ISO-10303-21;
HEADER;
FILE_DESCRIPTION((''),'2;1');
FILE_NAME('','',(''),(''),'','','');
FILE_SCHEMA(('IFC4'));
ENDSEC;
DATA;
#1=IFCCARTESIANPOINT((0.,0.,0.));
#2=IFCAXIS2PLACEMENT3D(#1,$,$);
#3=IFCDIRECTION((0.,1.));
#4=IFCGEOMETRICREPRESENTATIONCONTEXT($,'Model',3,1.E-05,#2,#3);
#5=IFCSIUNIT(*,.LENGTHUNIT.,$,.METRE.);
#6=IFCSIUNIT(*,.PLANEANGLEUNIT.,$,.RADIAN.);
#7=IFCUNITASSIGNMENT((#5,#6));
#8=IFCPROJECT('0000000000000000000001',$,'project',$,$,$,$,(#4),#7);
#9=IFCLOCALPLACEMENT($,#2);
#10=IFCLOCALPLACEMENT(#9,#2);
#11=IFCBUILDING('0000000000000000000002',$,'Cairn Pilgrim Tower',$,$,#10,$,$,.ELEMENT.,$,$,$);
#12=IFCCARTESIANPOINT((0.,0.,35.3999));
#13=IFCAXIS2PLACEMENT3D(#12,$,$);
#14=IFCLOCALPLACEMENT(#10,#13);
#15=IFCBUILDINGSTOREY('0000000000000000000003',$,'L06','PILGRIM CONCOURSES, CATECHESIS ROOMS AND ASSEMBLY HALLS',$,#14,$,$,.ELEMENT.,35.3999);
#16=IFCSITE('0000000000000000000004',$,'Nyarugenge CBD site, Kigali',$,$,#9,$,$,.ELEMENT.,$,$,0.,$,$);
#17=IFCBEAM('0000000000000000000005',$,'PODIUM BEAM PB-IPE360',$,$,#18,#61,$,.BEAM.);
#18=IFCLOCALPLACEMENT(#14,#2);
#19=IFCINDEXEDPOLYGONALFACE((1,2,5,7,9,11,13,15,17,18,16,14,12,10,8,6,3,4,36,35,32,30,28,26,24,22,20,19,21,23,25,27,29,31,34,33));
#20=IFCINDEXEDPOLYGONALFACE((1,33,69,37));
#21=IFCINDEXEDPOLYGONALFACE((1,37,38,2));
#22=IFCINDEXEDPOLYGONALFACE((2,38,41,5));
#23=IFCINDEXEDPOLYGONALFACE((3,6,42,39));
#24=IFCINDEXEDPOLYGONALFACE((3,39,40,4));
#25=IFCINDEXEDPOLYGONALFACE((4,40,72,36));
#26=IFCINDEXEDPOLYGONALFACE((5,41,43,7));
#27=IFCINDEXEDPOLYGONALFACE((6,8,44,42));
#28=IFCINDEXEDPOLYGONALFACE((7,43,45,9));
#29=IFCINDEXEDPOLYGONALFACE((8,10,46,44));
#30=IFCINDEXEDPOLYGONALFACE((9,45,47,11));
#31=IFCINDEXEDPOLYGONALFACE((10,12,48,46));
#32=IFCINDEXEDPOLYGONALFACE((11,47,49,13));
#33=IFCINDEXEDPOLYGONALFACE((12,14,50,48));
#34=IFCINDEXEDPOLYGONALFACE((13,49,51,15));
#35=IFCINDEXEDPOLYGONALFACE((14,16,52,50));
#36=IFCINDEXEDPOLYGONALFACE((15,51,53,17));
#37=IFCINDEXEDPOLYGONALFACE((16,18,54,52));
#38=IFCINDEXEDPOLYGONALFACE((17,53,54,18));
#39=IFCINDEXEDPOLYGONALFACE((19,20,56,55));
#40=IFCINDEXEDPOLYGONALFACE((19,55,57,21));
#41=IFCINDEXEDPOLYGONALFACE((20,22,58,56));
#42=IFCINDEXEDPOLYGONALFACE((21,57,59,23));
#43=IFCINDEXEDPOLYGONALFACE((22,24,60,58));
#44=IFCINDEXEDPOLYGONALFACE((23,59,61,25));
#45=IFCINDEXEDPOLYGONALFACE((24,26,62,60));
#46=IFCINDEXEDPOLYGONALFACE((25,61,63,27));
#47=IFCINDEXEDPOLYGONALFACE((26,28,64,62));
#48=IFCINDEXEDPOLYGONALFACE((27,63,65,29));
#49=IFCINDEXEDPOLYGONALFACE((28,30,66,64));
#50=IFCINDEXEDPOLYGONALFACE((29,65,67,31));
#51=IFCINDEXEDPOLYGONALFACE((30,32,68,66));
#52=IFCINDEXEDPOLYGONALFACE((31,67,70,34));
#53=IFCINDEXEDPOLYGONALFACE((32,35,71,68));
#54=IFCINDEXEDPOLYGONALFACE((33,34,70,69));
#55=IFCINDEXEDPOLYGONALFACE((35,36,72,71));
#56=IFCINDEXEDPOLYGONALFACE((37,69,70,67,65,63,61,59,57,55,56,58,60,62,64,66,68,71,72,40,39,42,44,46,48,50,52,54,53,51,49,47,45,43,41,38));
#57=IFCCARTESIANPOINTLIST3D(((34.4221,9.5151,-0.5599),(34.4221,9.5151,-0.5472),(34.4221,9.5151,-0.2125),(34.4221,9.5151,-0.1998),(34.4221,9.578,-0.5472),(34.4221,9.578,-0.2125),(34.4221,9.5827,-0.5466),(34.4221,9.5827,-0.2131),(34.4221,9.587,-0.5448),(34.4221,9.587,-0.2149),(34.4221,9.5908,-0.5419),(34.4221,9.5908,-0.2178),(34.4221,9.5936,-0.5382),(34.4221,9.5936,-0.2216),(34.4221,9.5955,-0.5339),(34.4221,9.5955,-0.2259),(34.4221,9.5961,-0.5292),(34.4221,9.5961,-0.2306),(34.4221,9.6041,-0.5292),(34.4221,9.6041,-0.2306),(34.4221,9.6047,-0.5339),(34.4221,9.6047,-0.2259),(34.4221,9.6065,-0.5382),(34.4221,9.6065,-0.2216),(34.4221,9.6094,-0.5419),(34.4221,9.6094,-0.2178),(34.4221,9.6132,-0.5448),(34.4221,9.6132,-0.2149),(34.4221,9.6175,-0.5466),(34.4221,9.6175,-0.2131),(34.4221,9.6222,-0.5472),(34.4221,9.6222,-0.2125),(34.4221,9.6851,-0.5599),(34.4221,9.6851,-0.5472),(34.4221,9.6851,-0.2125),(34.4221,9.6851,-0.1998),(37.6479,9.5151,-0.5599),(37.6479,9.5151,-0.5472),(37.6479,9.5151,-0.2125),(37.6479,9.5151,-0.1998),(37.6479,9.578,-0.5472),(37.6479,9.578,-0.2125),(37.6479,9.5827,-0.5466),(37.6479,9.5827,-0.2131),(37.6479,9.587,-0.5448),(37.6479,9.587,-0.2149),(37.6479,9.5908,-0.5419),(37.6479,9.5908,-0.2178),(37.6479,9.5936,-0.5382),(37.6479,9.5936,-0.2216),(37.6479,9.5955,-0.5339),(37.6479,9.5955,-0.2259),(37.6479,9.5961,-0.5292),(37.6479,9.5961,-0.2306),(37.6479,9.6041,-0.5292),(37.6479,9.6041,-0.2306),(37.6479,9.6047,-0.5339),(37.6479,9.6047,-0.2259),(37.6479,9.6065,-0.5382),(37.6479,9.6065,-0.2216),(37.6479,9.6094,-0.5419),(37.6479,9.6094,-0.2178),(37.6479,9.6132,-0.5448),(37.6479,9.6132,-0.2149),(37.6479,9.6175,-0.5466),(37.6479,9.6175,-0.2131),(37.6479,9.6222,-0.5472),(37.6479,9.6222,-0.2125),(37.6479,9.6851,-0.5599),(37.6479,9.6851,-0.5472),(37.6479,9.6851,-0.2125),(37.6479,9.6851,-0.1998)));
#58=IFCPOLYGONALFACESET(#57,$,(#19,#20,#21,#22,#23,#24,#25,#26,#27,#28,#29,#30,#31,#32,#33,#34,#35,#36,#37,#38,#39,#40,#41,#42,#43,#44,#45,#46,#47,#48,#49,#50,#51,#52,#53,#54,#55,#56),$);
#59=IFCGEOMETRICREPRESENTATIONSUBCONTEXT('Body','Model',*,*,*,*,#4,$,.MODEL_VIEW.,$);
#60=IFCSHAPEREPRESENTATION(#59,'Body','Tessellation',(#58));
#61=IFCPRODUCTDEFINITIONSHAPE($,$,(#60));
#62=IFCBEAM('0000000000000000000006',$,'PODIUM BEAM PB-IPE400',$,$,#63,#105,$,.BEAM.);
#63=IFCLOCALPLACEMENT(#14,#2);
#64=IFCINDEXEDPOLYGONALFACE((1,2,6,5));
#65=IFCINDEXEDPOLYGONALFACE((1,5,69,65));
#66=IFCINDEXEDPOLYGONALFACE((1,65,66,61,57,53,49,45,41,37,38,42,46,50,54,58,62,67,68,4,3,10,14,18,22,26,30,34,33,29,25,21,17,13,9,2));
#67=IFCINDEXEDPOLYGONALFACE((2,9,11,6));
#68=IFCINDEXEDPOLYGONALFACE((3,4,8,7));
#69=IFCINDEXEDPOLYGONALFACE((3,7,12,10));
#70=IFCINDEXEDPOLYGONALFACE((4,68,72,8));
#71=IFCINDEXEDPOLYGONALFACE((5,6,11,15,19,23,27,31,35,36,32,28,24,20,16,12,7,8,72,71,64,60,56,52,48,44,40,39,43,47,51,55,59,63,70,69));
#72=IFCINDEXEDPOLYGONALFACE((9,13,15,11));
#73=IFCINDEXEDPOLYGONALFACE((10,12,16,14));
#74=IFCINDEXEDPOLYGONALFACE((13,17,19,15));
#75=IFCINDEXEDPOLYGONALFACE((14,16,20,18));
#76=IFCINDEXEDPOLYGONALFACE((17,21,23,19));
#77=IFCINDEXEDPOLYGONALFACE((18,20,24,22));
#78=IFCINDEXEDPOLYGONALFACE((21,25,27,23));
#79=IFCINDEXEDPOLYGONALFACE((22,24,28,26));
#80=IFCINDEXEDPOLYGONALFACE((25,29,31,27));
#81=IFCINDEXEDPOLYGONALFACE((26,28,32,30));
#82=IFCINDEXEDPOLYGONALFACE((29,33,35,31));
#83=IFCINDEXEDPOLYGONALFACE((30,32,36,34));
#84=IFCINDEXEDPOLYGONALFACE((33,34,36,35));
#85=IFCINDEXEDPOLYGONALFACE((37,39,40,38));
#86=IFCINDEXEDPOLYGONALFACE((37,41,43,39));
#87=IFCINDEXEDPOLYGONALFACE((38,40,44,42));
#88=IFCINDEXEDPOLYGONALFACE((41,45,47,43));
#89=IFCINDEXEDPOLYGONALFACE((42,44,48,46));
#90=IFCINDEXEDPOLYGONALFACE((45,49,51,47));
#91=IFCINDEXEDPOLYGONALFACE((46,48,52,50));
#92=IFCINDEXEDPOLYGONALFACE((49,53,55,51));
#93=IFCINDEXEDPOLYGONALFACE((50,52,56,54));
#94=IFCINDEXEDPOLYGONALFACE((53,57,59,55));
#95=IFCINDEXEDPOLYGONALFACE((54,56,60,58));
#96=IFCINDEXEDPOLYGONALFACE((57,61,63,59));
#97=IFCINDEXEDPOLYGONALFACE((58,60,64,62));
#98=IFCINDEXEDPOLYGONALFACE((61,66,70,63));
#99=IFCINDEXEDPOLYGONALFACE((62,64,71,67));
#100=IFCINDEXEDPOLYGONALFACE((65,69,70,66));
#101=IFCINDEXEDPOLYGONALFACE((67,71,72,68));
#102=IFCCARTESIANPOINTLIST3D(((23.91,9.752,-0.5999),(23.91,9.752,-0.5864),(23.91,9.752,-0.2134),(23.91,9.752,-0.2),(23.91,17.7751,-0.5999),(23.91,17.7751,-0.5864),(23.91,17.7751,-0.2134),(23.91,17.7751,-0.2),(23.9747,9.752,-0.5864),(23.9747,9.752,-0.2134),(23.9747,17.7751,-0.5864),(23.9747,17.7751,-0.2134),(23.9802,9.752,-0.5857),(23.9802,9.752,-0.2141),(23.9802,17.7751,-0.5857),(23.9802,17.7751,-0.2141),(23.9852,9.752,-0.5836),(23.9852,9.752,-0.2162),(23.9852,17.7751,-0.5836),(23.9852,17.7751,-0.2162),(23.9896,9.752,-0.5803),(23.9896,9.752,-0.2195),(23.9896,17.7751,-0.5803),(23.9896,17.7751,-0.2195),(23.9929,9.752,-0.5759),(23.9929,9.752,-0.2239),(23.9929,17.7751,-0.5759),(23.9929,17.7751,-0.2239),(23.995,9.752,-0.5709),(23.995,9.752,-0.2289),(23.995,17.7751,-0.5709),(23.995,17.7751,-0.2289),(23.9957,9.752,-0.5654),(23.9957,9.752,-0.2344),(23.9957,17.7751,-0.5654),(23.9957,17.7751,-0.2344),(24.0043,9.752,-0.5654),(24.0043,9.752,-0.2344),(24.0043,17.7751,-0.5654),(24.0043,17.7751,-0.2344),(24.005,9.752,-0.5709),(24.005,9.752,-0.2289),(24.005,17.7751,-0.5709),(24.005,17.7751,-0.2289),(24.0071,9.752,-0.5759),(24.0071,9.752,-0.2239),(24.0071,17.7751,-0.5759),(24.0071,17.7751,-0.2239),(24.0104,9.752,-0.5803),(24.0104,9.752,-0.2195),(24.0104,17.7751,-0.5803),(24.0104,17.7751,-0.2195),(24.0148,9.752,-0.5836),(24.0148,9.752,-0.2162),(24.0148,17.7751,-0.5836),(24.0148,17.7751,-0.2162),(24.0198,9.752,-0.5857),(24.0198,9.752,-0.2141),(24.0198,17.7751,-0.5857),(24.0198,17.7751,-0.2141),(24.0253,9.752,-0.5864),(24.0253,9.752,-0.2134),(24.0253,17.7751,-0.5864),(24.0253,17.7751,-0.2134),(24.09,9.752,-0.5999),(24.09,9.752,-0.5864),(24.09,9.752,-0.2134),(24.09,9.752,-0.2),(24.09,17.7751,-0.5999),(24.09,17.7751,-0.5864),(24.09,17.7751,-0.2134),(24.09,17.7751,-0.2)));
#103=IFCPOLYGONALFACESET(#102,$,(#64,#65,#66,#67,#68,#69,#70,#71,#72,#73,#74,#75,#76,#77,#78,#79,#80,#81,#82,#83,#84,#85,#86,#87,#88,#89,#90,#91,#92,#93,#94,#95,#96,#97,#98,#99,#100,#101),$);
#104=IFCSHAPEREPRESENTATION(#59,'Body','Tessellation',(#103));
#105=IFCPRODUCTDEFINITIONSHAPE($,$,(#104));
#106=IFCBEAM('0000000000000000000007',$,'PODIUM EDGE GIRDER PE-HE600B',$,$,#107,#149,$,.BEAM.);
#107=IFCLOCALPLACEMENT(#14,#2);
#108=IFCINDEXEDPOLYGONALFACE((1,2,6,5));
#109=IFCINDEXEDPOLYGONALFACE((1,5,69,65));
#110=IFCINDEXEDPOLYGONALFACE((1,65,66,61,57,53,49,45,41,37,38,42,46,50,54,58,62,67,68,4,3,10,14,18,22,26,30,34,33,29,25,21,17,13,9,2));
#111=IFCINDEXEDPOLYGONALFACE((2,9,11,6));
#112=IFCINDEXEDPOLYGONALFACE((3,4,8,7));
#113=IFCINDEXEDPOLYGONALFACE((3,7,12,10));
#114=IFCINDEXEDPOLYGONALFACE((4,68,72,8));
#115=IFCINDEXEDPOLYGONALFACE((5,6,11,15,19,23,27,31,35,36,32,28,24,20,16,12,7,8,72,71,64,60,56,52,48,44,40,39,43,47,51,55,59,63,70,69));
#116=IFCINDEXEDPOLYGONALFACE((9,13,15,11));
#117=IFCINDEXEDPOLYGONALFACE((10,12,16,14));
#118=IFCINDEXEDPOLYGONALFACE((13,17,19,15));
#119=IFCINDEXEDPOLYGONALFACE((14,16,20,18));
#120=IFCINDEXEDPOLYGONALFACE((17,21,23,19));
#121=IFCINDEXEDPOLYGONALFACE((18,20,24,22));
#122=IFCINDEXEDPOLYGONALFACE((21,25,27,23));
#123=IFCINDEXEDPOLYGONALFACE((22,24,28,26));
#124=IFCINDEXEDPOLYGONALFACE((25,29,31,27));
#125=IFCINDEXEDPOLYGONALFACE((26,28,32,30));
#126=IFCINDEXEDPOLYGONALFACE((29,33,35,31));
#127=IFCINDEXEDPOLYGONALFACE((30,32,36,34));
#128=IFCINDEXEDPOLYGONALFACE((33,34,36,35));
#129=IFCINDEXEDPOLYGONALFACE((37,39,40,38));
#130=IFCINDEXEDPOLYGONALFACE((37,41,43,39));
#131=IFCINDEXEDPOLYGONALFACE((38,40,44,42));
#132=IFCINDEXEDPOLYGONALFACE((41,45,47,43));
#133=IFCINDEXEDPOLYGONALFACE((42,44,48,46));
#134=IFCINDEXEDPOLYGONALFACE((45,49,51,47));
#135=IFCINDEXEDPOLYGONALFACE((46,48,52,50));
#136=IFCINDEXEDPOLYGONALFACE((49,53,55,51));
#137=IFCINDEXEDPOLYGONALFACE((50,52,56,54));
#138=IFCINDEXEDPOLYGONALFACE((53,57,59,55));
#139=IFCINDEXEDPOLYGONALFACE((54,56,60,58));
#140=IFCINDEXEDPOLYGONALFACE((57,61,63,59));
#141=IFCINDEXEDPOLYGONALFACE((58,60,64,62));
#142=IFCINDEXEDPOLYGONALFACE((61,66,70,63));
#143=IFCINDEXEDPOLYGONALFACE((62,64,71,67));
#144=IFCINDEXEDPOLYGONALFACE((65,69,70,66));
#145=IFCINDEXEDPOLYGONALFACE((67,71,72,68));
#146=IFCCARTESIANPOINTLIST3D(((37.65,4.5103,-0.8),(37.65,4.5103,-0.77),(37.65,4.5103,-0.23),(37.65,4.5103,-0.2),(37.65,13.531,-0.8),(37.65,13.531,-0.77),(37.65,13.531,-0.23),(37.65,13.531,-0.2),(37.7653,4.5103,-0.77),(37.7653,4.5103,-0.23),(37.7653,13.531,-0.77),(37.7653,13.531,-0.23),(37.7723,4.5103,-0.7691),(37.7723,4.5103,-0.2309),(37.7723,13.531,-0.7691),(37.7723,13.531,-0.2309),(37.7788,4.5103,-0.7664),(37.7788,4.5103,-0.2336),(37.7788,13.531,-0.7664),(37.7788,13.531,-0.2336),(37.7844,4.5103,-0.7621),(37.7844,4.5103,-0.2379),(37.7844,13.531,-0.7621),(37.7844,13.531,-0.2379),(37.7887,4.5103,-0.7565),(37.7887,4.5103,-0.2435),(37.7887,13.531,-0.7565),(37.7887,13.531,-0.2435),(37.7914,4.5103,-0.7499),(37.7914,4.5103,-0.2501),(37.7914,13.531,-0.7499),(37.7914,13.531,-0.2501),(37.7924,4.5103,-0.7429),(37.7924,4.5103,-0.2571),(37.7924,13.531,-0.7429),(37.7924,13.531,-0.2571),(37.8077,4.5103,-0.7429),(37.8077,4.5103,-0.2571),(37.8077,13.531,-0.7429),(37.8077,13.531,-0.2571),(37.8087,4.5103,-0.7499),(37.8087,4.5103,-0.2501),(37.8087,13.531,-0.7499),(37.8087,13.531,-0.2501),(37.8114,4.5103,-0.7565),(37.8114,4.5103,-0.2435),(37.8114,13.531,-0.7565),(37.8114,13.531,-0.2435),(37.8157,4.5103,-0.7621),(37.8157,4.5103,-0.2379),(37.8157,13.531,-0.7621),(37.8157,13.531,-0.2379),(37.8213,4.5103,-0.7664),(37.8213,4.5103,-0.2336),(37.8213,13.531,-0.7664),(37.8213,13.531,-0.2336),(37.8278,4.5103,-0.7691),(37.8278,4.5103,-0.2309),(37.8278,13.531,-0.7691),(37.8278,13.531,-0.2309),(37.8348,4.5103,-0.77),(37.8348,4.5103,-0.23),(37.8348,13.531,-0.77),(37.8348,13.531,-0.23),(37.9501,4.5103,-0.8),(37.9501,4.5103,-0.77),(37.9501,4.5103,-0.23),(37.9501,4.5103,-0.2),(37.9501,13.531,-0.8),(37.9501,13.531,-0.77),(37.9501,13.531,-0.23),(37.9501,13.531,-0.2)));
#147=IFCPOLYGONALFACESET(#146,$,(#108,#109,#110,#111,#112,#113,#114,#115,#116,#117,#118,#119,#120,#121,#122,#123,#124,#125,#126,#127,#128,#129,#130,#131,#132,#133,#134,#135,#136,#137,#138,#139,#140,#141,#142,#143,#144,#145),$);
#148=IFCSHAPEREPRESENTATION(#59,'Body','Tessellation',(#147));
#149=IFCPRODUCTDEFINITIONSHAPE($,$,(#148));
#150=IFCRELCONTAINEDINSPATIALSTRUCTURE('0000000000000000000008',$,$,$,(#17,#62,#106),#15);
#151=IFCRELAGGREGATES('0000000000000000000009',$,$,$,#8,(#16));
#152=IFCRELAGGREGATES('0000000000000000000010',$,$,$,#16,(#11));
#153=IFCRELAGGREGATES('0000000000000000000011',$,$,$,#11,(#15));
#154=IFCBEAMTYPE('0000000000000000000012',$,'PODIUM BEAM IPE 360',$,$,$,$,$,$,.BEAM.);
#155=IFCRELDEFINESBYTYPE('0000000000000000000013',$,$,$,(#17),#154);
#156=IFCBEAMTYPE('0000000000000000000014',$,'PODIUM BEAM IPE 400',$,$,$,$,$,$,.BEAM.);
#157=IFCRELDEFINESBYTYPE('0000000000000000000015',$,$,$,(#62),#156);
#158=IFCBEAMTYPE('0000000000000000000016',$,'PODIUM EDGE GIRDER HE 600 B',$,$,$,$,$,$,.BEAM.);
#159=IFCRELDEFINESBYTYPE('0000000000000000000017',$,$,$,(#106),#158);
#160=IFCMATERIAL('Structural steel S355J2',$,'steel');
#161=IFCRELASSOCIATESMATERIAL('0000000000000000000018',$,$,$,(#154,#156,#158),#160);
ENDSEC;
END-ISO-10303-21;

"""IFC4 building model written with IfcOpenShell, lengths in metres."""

from ifc_helpers import new_model, si_unit, direction, frame, origin, origin_2d, place, context, subcontext, project, spatial, i_section, extrude, material, material_profile, profile_set, type_object, element, save


model = new_model("IFC4")

# Units and contexts
model_context = context("Model", 3, precision=1e-05, world=origin(), true_north=direction((0.0, 1.0)))
body_context = subcontext(model_context, "Body", "Model", "MODEL_VIEW")
ifc_project = project(units=[si_unit("LENGTHUNIT", "METRE"), si_unit("PLANEANGLEUNIT", "RADIAN")], contexts=[model_context])

# Site, building, storey
site_placement = place(None, origin())
site = spatial("IfcSite", under=ifc_project, at=site_placement, Name="Nyarugenge CBD site, Kigali", CompositionType="ELEMENT", RefElevation=0.0)
building_placement = place(site_placement, origin())
building = spatial("IfcBuilding", under=site, at=building_placement, Name="Cairn Pilgrim Tower", CompositionType="ELEMENT")
storey_placement = place(building_placement, frame((0.0, 0.0, 35.3999)))
storey = spatial("IfcBuildingStorey", under=building, at=storey_placement, Name="L06", Description="PILGRIM CONCOURSES, CATECHESIS ROOMS AND ASSEMBLY HALLS", CompositionType="ELEMENT", Elevation=35.3999)

# Shared definitions
ifc_material_1 = material(Name="Structural steel S355J2", Category="steel")

# Beams
ifc_material_profile_1 = material_profile(ifc_material_1, i_section(OverallWidth=0.1699, OverallDepth=0.3601, WebThickness=0.0081, FlangeThickness=0.0127, FilletRadius=0.0181, at=origin_2d()), Name="IPE 360")
ifc_profile_set_1 = profile_set([ifc_material_profile_1], Name="Structural steel S355J2")
beam_type_1 = type_object("IfcBeamType", Name="PODIUM BEAM IPE 360", PredefinedType="BEAM", material=ifc_profile_set_1)
beam_1_placement = place(storey_placement, frame((34.4221, 9.6001, -0.3799), z_axis=(1.0, 0.0, 0.0), x_axis=(0.0, 1.0, 0.0)))
element("IfcBeam", 1, at=beam_1_placement, inside=storey, type_object=beam_type_1, Name="PODIUM BEAM PB-IPE360", PredefinedType="BEAM", context=body_context, shape_type="SweptSolid", body=[
    extrude(i_section(OverallWidth=0.1699, OverallDepth=0.3601, WebThickness=0.0081, FlangeThickness=0.0127, FilletRadius=0.0181, at=origin_2d()), origin(), (0.0, 0.0, 1.0), 3.2258),
])
ifc_material_profile_2 = material_profile(ifc_material_1, i_section(OverallWidth=0.1799, OverallDepth=0.3999, WebThickness=0.0085, FlangeThickness=0.0134, FilletRadius=0.021, at=origin_2d()), Name="IPE 400")
ifc_profile_set_2 = profile_set([ifc_material_profile_2], Name="Structural steel S355J2")
beam_type_2 = type_object("IfcBeamType", Name="PODIUM BEAM IPE 400", PredefinedType="BEAM", material=ifc_profile_set_2)
beam_2_placement = place(storey_placement, frame((24.0, 9.752, -0.3999), z_axis=(0.0, 1.0, 0.0), x_axis=(-1.0, 0.0, 0.0)))
element("IfcBeam", 2, at=beam_2_placement, inside=storey, type_object=beam_type_2, Name="PODIUM BEAM PB-IPE400", PredefinedType="BEAM", context=body_context, shape_type="SweptSolid", body=[
    extrude(i_section(OverallWidth=0.1799, OverallDepth=0.3999, WebThickness=0.0085, FlangeThickness=0.0134, FilletRadius=0.021, at=origin_2d()), origin(), (0.0, 0.0, 1.0), 8.0232),
])
ifc_material_profile_3 = material_profile(ifc_material_1, i_section(OverallWidth=0.3, OverallDepth=0.6001, WebThickness=0.0154, FlangeThickness=0.03, FilletRadius=0.0271, at=origin_2d()), Name="HEB 600")
ifc_profile_set_3 = profile_set([ifc_material_profile_3], Name="Structural steel S355J2")
beam_type_3 = type_object("IfcBeamType", Name="PODIUM EDGE GIRDER HE 600 B", PredefinedType="BEAM", material=ifc_profile_set_3)
beam_3_placement = place(storey_placement, frame((37.8, 4.5103, -0.5), z_axis=(0.0, 1.0, 0.0), x_axis=(-1.0, 0.0, 0.0)))
element("IfcBeam", 3, at=beam_3_placement, inside=storey, type_object=beam_type_3, Name="PODIUM EDGE GIRDER PE-HE600B", PredefinedType="BEAM", context=body_context, shape_type="SweptSolid", body=[
    extrude(i_section(OverallWidth=0.3, OverallDepth=0.6001, WebThickness=0.0154, FlangeThickness=0.03, FilletRadius=0.0271, at=origin_2d()), origin(), (0.0, 0.0, 1.0), 9.0208),
])

save(model, "model.ifc")
